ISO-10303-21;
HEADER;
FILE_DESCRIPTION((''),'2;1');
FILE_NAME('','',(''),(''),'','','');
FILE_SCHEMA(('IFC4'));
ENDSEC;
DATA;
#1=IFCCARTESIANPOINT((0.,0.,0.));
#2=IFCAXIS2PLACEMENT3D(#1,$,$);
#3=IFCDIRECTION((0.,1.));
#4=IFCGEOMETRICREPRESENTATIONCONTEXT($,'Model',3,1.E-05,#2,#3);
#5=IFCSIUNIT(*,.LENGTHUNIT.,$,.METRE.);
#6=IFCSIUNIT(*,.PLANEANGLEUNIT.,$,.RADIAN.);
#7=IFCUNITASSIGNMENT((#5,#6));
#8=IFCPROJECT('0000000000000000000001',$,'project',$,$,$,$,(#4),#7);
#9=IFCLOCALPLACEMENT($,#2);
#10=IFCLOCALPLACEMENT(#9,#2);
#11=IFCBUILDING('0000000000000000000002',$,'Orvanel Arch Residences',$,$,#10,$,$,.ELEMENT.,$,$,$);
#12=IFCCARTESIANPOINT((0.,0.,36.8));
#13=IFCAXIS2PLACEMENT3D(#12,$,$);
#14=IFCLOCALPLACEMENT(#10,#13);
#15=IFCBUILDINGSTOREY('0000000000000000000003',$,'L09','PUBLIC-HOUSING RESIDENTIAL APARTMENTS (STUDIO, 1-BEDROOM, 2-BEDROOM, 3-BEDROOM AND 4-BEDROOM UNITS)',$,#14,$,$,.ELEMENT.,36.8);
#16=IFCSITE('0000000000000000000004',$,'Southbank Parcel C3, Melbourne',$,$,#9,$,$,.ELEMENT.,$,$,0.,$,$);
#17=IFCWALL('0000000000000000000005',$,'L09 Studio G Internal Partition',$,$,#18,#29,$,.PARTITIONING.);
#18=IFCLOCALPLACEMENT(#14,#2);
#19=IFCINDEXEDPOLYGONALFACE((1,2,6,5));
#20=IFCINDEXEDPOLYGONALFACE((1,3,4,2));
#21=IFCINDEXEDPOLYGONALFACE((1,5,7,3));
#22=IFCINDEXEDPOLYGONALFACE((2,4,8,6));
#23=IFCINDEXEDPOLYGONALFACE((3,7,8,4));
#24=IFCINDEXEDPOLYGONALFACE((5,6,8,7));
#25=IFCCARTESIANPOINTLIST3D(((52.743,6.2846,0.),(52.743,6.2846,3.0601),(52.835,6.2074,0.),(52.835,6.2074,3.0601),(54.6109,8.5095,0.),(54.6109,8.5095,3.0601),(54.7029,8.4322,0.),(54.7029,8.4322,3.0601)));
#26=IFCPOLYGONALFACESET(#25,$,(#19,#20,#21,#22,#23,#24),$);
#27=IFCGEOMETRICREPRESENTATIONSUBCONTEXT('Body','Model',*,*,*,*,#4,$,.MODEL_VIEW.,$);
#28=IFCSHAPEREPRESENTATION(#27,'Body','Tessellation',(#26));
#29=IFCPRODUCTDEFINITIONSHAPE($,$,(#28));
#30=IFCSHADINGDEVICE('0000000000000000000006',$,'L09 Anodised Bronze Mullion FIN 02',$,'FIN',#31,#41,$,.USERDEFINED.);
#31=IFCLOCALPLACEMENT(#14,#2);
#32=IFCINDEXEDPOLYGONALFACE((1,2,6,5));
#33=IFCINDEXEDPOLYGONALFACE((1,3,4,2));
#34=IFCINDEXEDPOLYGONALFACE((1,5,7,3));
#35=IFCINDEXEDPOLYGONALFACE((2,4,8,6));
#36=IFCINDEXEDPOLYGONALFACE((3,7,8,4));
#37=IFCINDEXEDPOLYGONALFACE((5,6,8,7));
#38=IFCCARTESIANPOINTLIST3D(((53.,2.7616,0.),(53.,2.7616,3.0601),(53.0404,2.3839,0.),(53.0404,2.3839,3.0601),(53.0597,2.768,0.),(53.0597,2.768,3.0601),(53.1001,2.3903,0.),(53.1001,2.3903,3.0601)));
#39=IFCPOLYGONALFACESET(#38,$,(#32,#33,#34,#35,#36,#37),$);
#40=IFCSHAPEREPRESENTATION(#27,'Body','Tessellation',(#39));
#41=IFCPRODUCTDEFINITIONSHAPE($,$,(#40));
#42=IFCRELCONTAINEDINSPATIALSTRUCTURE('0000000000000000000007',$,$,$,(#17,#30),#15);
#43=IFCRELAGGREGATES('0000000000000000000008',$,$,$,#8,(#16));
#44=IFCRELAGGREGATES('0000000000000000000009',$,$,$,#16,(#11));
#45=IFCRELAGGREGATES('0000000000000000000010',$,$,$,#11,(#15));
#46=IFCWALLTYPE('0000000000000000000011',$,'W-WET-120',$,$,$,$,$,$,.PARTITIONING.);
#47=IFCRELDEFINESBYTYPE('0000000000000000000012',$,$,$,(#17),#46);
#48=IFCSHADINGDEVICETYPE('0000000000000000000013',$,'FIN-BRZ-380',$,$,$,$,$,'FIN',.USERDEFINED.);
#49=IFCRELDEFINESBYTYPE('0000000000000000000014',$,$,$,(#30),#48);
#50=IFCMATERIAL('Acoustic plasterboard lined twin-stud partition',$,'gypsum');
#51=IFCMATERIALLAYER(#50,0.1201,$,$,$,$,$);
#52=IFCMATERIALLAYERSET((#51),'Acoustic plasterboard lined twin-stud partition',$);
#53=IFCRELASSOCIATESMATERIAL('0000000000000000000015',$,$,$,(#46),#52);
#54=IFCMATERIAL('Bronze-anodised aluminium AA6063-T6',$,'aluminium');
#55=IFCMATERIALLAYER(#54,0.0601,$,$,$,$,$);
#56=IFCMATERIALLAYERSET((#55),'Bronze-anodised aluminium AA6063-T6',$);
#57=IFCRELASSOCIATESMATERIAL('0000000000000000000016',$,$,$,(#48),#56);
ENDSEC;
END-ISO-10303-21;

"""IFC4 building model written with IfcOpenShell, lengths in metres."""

from ifc_helpers import new_model, si_unit, direction, frame, frame_2d, origin, origin_2d, place, context, subcontext, project, spatial, rectangle, extrude, material, layer, layer_set, type_object, element, save


model = new_model("IFC4")

# Units and contexts
model_context = context("Model", 3, precision=1e-05, world=origin(), true_north=direction((0.0, 1.0)))
body_context = subcontext(model_context, "Body", "Model", "MODEL_VIEW")
ifc_project = project(units=[si_unit("LENGTHUNIT", "METRE"), si_unit("PLANEANGLEUNIT", "RADIAN")], contexts=[model_context])

# Site, building, storey
site_placement = place(None, origin())
site = spatial("IfcSite", under=ifc_project, at=site_placement, Name="Southbank Parcel C3, Melbourne", CompositionType="ELEMENT", RefElevation=0.0)
building_placement = place(site_placement, origin())
building = spatial("IfcBuilding", under=site, at=building_placement, Name="Orvanel Arch Residences", CompositionType="ELEMENT")
storey_placement = place(building_placement, frame((0.0, 0.0, 36.8)))
storey = spatial("IfcBuildingStorey", under=building, at=storey_placement, Name="L09", Description="PUBLIC-HOUSING RESIDENTIAL APARTMENTS (STUDIO, 1-BEDROOM, 2-BEDROOM, 3-BEDROOM AND 4-BEDROOM UNITS)", CompositionType="ELEMENT", Elevation=36.8)

# Shared definitions
ifc_material_1 = material(Name="Bronze-anodised aluminium AA6063-T6", Category="aluminium")

# Shared definitions
ifc_material_2 = material(Name="Acoustic plasterboard lined twin-stud partition", Category="gypsum")
ifc_layer_1 = layer(ifc_material_2, 0.1201)
ifc_layer_set_1 = layer_set([ifc_layer_1], Name="Acoustic plasterboard lined twin-stud partition")
wall_type = type_object("IfcWallType", Name="W-WET-120", PredefinedType="PARTITIONING", material=ifc_layer_set_1)

# Wall
wall_1_placement = place(storey_placement, frame((54.657, 8.4709, 0.0), z_axis=(0.0, 0.0, 1.0), x_axis=(-0.642999, -0.765867, 0.0)))
element("IfcWall", 1, at=wall_1_placement, inside=storey, type_object=wall_type, Name="L09 Studio G Internal Partition", PredefinedType="PARTITIONING", context=body_context, shape_type="SweptSolid", body=[
    extrude(rectangle(XDim=2.905, YDim=0.1201, at=frame_2d((1.4526, 0.0))), origin(), (0.0, 0.0, 1.0), 3.0601),
])

# Shading device
ifc_layer_2 = layer(ifc_material_1, 0.0601)
ifc_layer_set_2 = layer_set([ifc_layer_2], Name="Bronze-anodised aluminium AA6063-T6")
shading_device_type = type_object("IfcShadingDeviceType", Name="FIN-BRZ-380", ElementType="FIN", PredefinedType="USERDEFINED", material=ifc_layer_set_2)
shading_device_placement = place(storey_placement, frame((53.05, 2.5759, 0.0), z_axis=(0.0, 0.0, 1.0), x_axis=(0.106264, -0.994338, 0.0)))
element("IfcShadingDevice", 2, at=shading_device_placement, inside=storey, type_object=shading_device_type, Name="L09 Anodised Bronze Mullion FIN 02", ObjectType="FIN", PredefinedType="USERDEFINED", context=body_context, shape_type="SweptSolid", body=[
    extrude(rectangle(XDim=0.3799, YDim=0.0601, at=origin_2d()), origin(), (0.0, 0.0, 1.0), 3.0601),
])

save(model, "model.ifc")
